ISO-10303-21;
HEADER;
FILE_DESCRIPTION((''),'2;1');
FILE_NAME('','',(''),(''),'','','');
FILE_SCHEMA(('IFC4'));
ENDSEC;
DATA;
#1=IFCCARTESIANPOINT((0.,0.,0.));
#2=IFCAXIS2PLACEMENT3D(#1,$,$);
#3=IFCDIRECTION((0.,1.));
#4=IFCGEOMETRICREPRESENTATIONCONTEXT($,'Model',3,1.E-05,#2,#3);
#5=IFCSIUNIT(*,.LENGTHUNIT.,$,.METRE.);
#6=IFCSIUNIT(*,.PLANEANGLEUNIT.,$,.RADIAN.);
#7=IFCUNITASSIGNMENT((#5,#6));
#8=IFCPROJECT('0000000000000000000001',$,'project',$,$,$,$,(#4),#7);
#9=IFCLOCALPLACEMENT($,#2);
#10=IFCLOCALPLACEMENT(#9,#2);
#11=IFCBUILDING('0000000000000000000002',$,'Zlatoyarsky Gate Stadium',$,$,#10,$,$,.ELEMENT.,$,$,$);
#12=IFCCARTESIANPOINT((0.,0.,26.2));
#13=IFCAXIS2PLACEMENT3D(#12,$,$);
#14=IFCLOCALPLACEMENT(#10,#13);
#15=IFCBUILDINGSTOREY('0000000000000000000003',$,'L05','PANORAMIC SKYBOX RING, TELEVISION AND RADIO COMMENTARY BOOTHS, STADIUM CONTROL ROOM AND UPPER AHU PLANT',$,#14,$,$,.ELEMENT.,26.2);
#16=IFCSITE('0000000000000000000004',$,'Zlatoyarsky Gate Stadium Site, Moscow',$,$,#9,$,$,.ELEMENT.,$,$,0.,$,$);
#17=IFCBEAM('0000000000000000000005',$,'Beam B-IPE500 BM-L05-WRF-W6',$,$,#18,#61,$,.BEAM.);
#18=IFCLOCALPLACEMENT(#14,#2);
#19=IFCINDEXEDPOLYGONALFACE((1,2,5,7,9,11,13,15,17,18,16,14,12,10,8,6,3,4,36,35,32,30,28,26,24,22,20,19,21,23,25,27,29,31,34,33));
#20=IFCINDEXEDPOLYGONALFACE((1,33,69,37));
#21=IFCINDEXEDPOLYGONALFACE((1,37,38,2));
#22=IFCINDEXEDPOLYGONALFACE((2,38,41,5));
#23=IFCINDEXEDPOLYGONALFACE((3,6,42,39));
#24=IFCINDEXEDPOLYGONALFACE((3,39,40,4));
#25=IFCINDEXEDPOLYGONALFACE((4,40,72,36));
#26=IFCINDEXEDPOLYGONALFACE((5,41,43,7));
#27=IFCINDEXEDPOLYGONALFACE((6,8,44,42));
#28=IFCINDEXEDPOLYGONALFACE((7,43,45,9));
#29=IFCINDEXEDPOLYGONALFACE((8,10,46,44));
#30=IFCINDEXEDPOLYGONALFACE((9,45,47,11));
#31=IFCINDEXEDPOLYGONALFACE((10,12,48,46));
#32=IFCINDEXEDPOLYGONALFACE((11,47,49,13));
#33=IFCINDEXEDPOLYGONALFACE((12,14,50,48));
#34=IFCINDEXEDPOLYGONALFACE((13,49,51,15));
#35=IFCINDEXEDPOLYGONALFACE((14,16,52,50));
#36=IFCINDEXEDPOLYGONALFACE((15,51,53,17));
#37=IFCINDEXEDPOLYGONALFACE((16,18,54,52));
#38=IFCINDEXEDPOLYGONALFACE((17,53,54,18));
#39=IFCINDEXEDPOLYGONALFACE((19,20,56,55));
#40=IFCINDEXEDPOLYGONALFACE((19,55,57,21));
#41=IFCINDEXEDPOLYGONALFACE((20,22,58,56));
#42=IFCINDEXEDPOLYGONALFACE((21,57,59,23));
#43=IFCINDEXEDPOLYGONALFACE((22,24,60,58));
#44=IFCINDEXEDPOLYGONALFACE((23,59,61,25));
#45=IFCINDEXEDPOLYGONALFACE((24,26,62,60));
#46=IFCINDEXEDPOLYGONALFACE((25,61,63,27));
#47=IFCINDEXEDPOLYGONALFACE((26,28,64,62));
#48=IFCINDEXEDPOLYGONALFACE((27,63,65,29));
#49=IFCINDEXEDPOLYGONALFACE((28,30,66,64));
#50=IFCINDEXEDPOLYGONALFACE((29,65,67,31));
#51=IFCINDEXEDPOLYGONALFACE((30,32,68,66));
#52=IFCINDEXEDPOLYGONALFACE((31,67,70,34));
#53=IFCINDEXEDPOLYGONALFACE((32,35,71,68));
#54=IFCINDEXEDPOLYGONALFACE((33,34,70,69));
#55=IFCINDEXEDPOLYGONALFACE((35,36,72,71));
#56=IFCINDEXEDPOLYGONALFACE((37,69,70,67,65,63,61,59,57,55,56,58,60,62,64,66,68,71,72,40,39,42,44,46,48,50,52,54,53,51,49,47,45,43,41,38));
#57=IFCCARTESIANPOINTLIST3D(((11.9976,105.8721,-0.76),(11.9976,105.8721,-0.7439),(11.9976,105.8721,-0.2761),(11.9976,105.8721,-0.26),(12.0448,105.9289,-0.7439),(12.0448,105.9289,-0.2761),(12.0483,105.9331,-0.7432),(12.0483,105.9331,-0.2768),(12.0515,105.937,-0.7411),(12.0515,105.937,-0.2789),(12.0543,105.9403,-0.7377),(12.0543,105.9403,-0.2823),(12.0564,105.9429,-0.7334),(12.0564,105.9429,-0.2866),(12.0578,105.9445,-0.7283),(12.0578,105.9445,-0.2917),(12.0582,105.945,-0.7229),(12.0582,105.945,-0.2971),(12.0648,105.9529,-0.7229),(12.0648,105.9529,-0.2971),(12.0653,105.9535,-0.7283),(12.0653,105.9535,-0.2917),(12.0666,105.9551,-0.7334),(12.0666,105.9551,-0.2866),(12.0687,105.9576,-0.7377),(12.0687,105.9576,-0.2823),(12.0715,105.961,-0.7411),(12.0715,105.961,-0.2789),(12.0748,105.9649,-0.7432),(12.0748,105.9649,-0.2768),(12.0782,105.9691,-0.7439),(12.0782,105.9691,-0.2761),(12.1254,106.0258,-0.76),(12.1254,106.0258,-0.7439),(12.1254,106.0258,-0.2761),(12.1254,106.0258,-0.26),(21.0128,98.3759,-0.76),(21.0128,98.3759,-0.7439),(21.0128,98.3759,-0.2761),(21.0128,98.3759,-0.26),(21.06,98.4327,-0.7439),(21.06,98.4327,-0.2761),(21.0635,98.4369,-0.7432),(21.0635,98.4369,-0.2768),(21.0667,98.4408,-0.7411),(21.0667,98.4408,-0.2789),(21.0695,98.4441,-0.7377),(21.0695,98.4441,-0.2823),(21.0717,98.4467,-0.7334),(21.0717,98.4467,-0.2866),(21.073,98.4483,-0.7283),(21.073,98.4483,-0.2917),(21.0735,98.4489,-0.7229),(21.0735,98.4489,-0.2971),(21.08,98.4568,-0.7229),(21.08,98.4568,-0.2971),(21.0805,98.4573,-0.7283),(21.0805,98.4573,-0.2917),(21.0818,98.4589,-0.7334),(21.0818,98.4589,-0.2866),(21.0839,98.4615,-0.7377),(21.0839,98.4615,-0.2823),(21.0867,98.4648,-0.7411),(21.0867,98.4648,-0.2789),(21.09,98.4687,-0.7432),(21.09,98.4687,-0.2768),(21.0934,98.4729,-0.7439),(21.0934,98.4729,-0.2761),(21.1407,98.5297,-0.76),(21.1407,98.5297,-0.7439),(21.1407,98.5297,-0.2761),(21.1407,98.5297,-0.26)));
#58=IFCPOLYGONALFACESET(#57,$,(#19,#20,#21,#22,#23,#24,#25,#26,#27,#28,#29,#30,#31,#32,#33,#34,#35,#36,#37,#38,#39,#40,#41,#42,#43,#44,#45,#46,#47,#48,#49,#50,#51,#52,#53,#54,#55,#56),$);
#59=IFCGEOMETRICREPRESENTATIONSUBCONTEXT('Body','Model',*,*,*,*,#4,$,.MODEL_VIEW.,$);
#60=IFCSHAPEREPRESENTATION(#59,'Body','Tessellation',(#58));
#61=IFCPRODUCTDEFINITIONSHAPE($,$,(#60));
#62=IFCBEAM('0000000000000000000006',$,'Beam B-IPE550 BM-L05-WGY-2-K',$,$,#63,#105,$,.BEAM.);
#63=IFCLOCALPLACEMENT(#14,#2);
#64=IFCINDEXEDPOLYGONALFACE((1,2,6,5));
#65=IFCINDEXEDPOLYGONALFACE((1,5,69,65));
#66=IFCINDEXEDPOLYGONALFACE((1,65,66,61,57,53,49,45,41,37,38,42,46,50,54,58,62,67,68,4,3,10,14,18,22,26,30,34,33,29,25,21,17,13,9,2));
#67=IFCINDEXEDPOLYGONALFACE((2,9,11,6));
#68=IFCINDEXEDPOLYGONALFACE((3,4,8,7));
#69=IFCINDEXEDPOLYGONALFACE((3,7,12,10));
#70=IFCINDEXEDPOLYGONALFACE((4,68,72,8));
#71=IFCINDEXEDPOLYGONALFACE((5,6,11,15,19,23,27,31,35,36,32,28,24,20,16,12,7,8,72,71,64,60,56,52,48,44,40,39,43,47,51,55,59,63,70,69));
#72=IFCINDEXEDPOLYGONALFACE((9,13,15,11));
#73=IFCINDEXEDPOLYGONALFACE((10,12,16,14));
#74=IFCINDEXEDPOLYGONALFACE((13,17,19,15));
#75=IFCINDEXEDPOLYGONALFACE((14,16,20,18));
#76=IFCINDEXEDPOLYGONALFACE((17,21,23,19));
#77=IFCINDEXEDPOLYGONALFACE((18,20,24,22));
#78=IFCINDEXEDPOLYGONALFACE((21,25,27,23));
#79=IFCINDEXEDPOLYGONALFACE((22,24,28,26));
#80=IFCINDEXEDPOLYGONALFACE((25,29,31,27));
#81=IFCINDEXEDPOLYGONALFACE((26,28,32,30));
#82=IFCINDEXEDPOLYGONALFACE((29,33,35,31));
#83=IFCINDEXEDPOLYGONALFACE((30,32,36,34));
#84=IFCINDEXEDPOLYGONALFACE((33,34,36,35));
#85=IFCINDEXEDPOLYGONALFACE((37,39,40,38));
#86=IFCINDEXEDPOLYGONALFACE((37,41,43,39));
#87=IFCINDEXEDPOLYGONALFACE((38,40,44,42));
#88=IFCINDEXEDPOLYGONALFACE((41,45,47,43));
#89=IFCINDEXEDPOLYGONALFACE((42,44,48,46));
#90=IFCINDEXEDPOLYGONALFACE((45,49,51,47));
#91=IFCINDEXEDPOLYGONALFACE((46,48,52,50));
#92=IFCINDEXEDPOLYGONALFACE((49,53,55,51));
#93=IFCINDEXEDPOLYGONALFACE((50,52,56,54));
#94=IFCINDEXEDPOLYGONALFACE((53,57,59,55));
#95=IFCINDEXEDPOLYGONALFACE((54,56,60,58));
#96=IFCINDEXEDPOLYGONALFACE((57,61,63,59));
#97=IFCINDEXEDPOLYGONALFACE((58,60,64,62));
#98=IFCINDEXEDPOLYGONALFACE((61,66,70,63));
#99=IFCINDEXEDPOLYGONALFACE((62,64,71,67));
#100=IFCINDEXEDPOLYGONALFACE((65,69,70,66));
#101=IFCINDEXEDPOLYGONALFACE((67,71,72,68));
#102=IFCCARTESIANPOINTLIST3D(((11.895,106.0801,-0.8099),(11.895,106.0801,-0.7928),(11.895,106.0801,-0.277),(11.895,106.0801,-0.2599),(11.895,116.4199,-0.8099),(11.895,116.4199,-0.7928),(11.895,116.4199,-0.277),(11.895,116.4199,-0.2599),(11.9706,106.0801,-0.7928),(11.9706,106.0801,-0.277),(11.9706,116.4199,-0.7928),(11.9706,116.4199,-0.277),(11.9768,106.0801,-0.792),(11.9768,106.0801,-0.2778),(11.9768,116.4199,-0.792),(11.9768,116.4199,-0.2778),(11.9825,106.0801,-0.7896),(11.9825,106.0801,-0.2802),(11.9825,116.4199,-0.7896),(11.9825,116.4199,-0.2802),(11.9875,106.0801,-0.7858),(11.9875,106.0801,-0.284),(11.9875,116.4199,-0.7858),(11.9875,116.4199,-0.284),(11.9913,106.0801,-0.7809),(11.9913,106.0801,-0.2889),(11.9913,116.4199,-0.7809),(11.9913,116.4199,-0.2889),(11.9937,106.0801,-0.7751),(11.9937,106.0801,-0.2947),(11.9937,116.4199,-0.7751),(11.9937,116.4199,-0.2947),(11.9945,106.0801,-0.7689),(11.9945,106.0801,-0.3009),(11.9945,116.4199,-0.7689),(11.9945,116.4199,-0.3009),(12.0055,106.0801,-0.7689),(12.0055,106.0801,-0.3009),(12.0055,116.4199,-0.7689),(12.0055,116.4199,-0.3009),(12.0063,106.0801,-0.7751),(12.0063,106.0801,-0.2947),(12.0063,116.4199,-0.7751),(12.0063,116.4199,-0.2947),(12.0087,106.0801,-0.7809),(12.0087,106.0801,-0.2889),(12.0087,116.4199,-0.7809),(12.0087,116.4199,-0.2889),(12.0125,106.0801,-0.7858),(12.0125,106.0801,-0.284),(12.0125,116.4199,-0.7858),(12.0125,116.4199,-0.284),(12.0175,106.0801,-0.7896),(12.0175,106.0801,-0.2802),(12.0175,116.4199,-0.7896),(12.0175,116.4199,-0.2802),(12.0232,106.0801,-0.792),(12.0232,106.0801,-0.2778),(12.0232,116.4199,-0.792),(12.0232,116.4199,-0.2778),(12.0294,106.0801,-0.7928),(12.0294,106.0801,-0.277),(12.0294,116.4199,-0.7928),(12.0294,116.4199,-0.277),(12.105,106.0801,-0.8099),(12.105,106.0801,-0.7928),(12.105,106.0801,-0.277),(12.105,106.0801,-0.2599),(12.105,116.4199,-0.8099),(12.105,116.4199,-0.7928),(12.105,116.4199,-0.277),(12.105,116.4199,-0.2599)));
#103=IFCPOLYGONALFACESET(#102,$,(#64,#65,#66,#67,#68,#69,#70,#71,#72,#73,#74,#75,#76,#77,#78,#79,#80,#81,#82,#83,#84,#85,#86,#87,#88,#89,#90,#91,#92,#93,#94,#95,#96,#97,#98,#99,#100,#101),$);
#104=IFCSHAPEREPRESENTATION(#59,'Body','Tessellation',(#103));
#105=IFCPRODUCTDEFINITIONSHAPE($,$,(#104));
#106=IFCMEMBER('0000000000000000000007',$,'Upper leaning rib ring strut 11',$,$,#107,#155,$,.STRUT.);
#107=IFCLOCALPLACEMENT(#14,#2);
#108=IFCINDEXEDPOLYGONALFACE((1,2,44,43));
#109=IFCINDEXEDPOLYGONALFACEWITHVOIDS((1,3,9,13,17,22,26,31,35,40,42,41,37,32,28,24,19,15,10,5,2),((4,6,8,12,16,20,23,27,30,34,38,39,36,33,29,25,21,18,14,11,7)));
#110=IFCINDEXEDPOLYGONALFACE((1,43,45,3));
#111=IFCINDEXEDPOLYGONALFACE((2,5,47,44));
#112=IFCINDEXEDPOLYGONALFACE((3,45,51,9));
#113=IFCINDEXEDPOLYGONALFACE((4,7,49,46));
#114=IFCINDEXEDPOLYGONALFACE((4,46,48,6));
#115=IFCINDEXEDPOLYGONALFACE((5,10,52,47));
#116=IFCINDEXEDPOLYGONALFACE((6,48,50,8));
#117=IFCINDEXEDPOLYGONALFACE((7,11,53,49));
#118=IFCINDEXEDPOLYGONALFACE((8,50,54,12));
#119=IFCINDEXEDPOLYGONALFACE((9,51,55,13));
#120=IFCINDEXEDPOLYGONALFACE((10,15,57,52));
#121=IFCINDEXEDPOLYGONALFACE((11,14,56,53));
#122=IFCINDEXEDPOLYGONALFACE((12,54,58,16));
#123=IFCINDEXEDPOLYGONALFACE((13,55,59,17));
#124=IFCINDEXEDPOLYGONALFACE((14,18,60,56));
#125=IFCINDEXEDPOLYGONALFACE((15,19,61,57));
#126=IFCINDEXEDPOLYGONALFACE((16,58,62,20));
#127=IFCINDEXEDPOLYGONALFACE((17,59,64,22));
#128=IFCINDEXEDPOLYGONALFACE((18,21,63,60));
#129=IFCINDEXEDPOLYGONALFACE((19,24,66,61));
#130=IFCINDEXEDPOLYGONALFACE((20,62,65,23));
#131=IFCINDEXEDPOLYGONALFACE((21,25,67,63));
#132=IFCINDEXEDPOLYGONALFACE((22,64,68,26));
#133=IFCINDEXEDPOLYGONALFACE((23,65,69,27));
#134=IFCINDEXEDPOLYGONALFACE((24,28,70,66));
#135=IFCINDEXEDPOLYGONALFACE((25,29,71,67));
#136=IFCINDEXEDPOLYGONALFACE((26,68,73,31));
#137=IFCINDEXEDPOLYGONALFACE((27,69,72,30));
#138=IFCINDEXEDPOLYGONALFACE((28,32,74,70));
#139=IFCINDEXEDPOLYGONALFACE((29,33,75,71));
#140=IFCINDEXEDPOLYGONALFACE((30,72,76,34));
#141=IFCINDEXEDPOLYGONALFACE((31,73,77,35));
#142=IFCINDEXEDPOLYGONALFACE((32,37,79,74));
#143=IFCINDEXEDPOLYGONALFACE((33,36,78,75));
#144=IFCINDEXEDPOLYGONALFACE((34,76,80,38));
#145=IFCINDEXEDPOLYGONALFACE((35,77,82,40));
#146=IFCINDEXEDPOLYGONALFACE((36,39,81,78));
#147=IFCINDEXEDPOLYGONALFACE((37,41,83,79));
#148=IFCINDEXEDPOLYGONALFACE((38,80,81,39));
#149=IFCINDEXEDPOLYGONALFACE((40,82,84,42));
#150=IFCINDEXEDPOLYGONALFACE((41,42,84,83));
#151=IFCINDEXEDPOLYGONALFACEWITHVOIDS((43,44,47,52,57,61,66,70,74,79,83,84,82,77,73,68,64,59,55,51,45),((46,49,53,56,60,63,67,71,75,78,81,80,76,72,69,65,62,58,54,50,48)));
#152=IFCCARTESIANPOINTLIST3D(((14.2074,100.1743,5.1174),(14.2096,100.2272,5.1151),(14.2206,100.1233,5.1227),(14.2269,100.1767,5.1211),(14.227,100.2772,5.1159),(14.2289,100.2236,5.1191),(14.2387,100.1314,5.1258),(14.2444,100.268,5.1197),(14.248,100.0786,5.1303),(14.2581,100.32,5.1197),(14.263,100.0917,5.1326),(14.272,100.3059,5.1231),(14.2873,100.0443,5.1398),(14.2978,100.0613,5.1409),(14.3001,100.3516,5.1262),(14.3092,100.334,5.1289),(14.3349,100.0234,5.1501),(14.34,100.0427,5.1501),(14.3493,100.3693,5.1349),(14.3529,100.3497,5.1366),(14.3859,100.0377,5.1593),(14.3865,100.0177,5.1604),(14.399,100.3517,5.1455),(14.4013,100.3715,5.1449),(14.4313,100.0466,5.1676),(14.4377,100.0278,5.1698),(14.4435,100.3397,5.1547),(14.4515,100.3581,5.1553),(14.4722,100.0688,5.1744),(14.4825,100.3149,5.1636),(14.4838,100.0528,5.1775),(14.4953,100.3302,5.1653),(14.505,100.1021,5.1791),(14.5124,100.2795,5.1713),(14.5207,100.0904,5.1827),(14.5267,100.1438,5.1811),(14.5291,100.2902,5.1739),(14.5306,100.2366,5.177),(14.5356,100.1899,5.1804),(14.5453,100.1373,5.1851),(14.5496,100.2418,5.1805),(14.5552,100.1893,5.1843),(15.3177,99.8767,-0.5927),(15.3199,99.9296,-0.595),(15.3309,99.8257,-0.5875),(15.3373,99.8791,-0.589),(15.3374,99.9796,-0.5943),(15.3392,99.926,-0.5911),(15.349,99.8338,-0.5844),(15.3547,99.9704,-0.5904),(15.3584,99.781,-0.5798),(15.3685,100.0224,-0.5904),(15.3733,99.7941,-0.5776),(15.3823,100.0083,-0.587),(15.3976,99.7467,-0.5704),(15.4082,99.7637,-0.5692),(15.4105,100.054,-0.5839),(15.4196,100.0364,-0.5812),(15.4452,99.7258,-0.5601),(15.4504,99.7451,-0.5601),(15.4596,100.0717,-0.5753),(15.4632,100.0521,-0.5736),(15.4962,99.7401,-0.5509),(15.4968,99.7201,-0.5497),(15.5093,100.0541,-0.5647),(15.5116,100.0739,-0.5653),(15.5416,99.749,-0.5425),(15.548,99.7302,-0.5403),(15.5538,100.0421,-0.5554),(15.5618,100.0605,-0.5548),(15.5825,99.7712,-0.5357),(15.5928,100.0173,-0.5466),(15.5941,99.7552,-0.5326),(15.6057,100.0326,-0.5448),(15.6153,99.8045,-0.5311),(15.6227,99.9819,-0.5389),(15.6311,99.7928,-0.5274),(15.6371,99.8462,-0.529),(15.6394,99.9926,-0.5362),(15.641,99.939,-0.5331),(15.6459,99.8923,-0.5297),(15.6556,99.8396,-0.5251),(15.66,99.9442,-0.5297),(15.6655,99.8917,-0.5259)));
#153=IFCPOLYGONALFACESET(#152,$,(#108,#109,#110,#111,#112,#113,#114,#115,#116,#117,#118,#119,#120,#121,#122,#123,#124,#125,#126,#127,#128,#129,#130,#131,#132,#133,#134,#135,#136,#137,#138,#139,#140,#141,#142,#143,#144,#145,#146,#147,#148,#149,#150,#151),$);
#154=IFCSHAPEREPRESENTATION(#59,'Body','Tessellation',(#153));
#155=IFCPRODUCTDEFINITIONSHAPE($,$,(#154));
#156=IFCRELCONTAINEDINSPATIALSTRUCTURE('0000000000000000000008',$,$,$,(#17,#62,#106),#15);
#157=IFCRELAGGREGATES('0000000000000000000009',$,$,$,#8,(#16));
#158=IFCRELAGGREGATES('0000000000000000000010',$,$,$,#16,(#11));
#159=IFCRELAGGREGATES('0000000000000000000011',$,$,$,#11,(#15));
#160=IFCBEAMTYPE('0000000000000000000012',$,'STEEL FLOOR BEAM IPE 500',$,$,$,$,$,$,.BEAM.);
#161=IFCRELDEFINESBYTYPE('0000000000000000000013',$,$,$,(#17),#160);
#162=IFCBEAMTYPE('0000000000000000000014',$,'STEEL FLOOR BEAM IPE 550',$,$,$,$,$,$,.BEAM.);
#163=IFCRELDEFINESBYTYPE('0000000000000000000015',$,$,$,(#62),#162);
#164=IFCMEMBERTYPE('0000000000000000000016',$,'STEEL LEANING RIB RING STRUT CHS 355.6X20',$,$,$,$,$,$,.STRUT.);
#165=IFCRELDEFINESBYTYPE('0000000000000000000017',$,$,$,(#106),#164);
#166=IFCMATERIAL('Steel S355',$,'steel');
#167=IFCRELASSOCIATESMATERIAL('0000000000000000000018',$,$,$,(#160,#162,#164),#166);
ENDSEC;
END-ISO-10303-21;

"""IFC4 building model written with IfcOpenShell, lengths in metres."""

from ifc_helpers import new_model, si_unit, direction, frame, origin, origin_2d, place, context, subcontext, project, spatial, hollow_circle, i_section, extrude, material, material_profile, profile_set, type_object, element, save


model = new_model("IFC4")

# Units and contexts
model_context = context("Model", 3, precision=1e-05, world=origin(), true_north=direction((0.0, 1.0)))
body_context = subcontext(model_context, "Body", "Model", "MODEL_VIEW")
ifc_project = project(units=[si_unit("LENGTHUNIT", "METRE"), si_unit("PLANEANGLEUNIT", "RADIAN")], contexts=[model_context])

# Site, building, storey
site_placement = place(None, origin())
site = spatial("IfcSite", under=ifc_project, at=site_placement, Name="Zlatoyarsky Gate Stadium Site, Moscow", CompositionType="ELEMENT", RefElevation=0.0)
building_placement = place(site_placement, origin())
building = spatial("IfcBuilding", under=site, at=building_placement, Name="Zlatoyarsky Gate Stadium", CompositionType="ELEMENT")
storey_placement = place(building_placement, frame((0.0, 0.0, 26.2)))
storey = spatial("IfcBuildingStorey", under=building, at=storey_placement, Name="L05", Description="PANORAMIC SKYBOX RING, TELEVISION AND RADIO COMMENTARY BOOTHS, STADIUM CONTROL ROOM AND UPPER AHU PLANT", CompositionType="ELEMENT", Elevation=26.2)

# Beams
ifc_material_1 = material(Name="Steel S355", Category="steel")
ifc_material_profile_1 = material_profile(ifc_material_1, i_section(OverallWidth=0.2, OverallDepth=0.5, WebThickness=0.0103, FlangeThickness=0.0161, FilletRadius=0.021, at=origin_2d()), Name="IPE 500")
ifc_profile_set_1 = profile_set([ifc_material_profile_1], Name="Steel S355")
beam_type_1 = type_object("IfcBeamType", Name="STEEL FLOOR BEAM IPE 500", PredefinedType="BEAM", material=ifc_profile_set_1)
beam_1_placement = place(storey_placement, frame((12.0615, 105.949, -0.51), z_axis=(0.768914, -0.639352, 0.0), x_axis=(0.639352, 0.768914, 0.0)))
element("IfcBeam", 1, at=beam_1_placement, inside=storey, type_object=beam_type_1, Name="Beam B-IPE500 BM-L05-WRF-W6", PredefinedType="BEAM", context=body_context, shape_type="SweptSolid", body=[
    extrude(i_section(OverallWidth=0.2, OverallDepth=0.5, WebThickness=0.0103, FlangeThickness=0.0161, FilletRadius=0.021, at=origin_2d()), origin(), (0.0, 0.0, 1.0), 11.7246),
])
ifc_material_profile_2 = material_profile(ifc_material_1, i_section(OverallWidth=0.21, OverallDepth=0.55, WebThickness=0.011, FlangeThickness=0.0171, FilletRadius=0.0239, at=origin_2d()), Name="IPE 550")
ifc_profile_set_2 = profile_set([ifc_material_profile_2], Name="Steel S355")
beam_type_2 = type_object("IfcBeamType", Name="STEEL FLOOR BEAM IPE 550", PredefinedType="BEAM", material=ifc_profile_set_2)
beam_2_placement = place(storey_placement, frame((12.0, 106.0801, -0.5349), z_axis=(0.0, 1.0, 0.0), x_axis=(-1.0, 0.0, 0.0)))
element("IfcBeam", 2, at=beam_2_placement, inside=storey, type_object=beam_type_2, Name="Beam B-IPE550 BM-L05-WGY-2-K", PredefinedType="BEAM", context=body_context, shape_type="SweptSolid", body=[
    extrude(i_section(OverallWidth=0.21, OverallDepth=0.55, WebThickness=0.011, FlangeThickness=0.0171, FilletRadius=0.0239, at=origin_2d()), origin(), (0.0, 0.0, 1.0), 10.3398),
])

# Member
ifc_material_profile_3 = material_profile(ifc_material_1, hollow_circle(Radius=0.1777, WallThickness=0.02, at=origin_2d()), Name="CHS 355.6X20")
ifc_profile_set_3 = profile_set([ifc_material_profile_3], Name="Steel S355")
member_type_1 = type_object("IfcMemberType", Name="STEEL LEANING RIB RING STRUT CHS 355.6X20", PredefinedType="STRUT", material=ifc_profile_set_3)
member_1_placement = place(storey_placement, frame((15.4912, 99.8975, -0.5601), z_axis=(-0.190626, 0.051093, 0.980332), x_axis=(-0.258892, -0.965906, 0.0)))
element("IfcMember", 3, at=member_1_placement, inside=storey, type_object=member_type_1, Name="Upper leaning rib ring strut 11", PredefinedType="STRUT", context=body_context, shape_type="SweptSolid", body=[
    extrude(hollow_circle(Radius=0.1777, WallThickness=0.02, at=origin_2d()), origin(), (0.0, 0.0, 1.0), 5.8247),
])

save(model, "model.ifc")
